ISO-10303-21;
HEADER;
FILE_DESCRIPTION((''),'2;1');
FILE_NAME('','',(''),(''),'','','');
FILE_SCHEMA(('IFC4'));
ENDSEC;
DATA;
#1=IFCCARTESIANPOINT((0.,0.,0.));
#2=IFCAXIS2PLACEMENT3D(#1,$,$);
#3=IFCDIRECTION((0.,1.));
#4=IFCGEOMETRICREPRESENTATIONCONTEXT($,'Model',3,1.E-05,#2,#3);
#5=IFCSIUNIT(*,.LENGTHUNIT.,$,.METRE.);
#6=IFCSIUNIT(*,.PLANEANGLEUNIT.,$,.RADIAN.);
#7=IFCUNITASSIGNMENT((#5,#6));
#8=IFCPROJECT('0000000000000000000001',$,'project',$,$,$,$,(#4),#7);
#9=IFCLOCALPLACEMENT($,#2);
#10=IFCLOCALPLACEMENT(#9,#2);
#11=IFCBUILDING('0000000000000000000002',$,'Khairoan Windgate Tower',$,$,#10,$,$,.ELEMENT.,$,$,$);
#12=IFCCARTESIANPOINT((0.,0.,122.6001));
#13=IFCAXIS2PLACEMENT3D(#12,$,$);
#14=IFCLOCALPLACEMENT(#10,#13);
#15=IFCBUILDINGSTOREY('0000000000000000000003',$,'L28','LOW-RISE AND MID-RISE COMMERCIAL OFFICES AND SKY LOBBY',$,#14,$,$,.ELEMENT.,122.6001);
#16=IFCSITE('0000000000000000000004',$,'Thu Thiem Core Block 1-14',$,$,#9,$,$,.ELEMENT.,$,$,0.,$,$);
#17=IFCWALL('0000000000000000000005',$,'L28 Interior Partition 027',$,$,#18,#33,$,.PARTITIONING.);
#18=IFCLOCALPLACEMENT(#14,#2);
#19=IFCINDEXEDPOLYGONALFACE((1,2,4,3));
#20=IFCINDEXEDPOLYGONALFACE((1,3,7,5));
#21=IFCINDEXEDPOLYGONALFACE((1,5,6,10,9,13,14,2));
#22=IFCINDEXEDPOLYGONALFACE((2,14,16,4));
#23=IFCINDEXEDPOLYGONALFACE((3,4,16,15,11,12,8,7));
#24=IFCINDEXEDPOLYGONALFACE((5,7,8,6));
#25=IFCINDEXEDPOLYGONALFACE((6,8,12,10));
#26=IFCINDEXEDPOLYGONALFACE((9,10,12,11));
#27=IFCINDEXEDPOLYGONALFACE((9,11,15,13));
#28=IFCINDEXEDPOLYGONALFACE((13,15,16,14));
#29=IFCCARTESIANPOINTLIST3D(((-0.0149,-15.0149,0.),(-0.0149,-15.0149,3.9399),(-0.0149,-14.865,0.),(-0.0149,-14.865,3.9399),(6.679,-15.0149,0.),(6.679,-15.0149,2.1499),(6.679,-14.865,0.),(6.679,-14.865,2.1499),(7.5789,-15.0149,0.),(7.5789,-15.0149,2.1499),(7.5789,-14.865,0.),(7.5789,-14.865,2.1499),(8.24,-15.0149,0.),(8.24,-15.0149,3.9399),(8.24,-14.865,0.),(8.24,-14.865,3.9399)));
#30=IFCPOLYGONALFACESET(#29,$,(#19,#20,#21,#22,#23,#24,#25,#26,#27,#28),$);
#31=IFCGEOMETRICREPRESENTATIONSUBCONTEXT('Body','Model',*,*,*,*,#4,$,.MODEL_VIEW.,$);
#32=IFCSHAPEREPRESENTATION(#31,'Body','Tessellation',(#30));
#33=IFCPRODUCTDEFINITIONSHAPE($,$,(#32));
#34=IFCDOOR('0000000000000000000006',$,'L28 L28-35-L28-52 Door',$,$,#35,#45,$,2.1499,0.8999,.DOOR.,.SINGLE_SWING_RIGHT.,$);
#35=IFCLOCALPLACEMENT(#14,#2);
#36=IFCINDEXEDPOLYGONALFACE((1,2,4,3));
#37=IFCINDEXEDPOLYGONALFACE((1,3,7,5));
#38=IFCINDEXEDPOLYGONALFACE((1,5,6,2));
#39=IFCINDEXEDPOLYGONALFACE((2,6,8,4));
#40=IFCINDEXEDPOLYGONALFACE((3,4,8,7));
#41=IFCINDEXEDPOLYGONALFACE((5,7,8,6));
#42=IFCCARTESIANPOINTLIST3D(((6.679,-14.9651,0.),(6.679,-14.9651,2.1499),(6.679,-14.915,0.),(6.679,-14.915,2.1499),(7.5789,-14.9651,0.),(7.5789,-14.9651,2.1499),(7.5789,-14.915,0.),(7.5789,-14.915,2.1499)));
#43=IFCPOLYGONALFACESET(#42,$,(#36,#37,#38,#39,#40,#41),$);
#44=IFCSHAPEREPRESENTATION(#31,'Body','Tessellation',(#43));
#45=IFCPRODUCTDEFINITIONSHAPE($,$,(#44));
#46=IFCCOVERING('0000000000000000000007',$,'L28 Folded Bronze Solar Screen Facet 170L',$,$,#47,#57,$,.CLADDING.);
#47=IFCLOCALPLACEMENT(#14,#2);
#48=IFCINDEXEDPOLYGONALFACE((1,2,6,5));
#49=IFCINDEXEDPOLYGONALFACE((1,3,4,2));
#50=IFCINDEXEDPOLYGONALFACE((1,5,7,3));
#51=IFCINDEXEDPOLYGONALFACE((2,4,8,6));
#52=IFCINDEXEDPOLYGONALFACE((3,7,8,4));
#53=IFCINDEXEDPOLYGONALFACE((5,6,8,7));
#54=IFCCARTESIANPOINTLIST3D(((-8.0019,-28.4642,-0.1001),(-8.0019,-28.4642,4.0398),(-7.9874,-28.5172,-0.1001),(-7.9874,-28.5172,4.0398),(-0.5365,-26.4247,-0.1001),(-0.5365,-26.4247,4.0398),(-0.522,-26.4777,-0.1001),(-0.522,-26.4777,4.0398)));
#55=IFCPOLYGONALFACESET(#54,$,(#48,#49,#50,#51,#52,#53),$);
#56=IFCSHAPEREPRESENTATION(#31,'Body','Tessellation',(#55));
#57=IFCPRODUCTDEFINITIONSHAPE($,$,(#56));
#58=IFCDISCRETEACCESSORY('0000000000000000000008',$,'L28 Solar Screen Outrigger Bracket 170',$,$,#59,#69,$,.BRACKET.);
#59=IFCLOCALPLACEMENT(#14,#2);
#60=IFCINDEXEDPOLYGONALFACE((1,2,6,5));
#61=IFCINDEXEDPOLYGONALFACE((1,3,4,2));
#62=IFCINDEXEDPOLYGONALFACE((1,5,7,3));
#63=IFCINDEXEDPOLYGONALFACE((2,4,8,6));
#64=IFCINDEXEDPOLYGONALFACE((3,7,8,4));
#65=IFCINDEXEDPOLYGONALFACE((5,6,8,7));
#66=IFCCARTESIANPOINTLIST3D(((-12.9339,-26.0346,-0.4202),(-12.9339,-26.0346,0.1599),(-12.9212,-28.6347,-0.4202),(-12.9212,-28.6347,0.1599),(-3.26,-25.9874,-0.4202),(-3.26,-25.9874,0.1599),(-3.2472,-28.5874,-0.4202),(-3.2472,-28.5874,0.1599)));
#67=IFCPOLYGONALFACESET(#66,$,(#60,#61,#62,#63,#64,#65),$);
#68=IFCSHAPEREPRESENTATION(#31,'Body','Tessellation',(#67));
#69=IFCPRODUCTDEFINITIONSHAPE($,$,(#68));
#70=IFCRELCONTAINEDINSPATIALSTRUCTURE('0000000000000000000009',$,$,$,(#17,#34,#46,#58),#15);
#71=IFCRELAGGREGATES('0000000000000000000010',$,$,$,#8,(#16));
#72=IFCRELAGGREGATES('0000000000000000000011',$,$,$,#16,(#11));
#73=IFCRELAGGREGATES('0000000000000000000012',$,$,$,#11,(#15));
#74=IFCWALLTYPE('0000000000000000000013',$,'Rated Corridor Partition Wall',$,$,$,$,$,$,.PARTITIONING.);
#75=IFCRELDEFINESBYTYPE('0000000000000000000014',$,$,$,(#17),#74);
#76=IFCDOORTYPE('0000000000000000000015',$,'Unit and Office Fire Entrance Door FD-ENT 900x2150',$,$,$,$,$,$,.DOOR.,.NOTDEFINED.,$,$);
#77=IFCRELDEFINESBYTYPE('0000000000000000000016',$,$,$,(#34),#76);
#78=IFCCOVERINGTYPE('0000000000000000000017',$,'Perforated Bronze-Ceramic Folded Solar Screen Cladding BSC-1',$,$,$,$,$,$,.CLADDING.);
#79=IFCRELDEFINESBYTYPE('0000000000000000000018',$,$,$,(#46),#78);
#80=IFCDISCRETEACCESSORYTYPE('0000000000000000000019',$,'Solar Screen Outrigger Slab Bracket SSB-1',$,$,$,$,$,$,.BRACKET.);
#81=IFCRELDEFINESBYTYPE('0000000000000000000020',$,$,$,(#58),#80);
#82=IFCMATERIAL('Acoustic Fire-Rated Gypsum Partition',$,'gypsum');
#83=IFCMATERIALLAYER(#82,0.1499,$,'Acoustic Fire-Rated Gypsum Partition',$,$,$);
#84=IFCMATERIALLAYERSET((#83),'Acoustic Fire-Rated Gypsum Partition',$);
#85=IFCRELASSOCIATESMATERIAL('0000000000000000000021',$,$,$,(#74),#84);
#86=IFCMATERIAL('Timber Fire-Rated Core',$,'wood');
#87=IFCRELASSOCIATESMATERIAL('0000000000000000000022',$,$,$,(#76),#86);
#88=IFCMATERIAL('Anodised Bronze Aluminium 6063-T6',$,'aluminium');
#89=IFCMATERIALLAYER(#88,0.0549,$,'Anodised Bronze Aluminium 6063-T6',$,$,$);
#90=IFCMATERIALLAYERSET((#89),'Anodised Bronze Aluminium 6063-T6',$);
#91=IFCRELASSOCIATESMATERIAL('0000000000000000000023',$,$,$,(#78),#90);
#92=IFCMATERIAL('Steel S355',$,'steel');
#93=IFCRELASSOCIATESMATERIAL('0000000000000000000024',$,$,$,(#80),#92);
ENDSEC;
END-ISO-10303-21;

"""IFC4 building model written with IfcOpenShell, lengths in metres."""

from ifc_helpers import new_model, si_unit, direction, frame, frame_2d, origin, origin_2d, place, context, subcontext, project, spatial, rectangle, extrude, material, layer, layer_set, type_object, element, fill, save


model = new_model("IFC4")

# Units and contexts
model_context = context("Model", 3, precision=1e-05, world=origin(), true_north=direction((0.0, 1.0)))
body_context = subcontext(model_context, "Body", "Model", "MODEL_VIEW")
ifc_project = project(units=[si_unit("LENGTHUNIT", "METRE"), si_unit("PLANEANGLEUNIT", "RADIAN")], contexts=[model_context])

# Site, building, storey
site_placement = place(None, origin())
site = spatial("IfcSite", under=ifc_project, at=site_placement, Name="Thu Thiem Core Block 1-14", CompositionType="ELEMENT", RefElevation=0.0)
building_placement = place(site_placement, origin())
building = spatial("IfcBuilding", under=site, at=building_placement, Name="Khairoan Windgate Tower", CompositionType="ELEMENT")
storey_placement = place(building_placement, frame((0.0, 0.0, 122.6001)))
storey = spatial("IfcBuildingStorey", under=building, at=storey_placement, Name="L28", Description="LOW-RISE AND MID-RISE COMMERCIAL OFFICES AND SKY LOBBY", CompositionType="ELEMENT", Elevation=122.6001)

# Wall, opening, door
ifc_material_1 = material(Name="Acoustic Fire-Rated Gypsum Partition", Category="gypsum")
ifc_layer_1 = layer(ifc_material_1, 0.1499, Name="Acoustic Fire-Rated Gypsum Partition")
ifc_layer_set_1 = layer_set([ifc_layer_1], Name="Acoustic Fire-Rated Gypsum Partition")
wall_type = type_object("IfcWallType", Name="Rated Corridor Partition Wall", PredefinedType="PARTITIONING", material=ifc_layer_set_1)
ifc_material_2 = material(Name="Timber Fire-Rated Core", Category="wood")
door_type = type_object("IfcDoorType", Name="Unit and Office Fire Entrance Door FD-ENT 900x2150", OperationType="NOTDEFINED", PredefinedType="DOOR", material=ifc_material_2)
wall_1_placement = place(storey_placement, frame((-0.0149, -14.9399, 0.0), z_axis=(0.0, 0.0, 1.0), x_axis=(1.0, 0.0, 0.0)))
wall_1 = element("IfcWall", 1, at=wall_1_placement, inside=storey, type_object=wall_type, Name="L28 Interior Partition 027", PredefinedType="PARTITIONING", context=body_context, shape_type="SweptSolid", body=[
    extrude(rectangle(XDim=8.2549, YDim=0.1499, at=frame_2d((4.1274, 0.0))), origin(), (0.0, 0.0, 1.0), 3.9399),
])
opening_1_placement = place(wall_1_placement, frame((6.6938, 0.0, 0.0)))
opening_1 = element("IfcOpeningElement", 2, at=opening_1_placement, cuts=wall_1, PredefinedType="OPENING", context=body_context, shape_type="SweptSolid", body=[
    extrude(rectangle(XDim=0.8999, YDim=2.1499, at=frame_2d((0.45, 1.075))), frame((0.0, 0.085, 0.0), z_axis=(0.0, -1.0, 0.0), x_axis=(1.0, 0.0, 0.0)), (0.0, 0.0, 1.0), 0.1699),
])
door_1_placement = place(opening_1_placement, origin())
door_1 = element("IfcDoor", 3, at=door_1_placement, inside=storey, type_object=door_type, Name="L28 L28-35-L28-52 Door", OperationType="SINGLE_SWING_RIGHT", OverallHeight=2.1499, OverallWidth=0.8999, PredefinedType="DOOR", context=body_context, shape_type="SweptSolid", body=[
    extrude(rectangle(XDim=0.8999, YDim=2.1499, at=frame_2d((0.45, 1.075))), frame((0.0, 0.0249, 0.0), z_axis=(0.0, -1.0, 0.0), x_axis=(1.0, 0.0, 0.0)), (0.0, 0.0, 1.0), 0.05),
])
fill(opening_1, door_1)

# Covering
ifc_material_3 = material(Name="Anodised Bronze Aluminium 6063-T6", Category="aluminium")
ifc_layer_2 = layer(ifc_material_3, 0.0549, Name="Anodised Bronze Aluminium 6063-T6")
ifc_layer_set_2 = layer_set([ifc_layer_2], Name="Anodised Bronze Aluminium 6063-T6")
covering_type = type_object("IfcCoveringType", Name="Perforated Bronze-Ceramic Folded Solar Screen Cladding BSC-1", PredefinedType="CLADDING", material=ifc_layer_set_2)
covering_placement = place(storey_placement, frame((-4.262, -27.4709, -0.1001), z_axis=(0.0, 0.0, 1.0), x_axis=(-0.964649, -0.263536, 0.0)))
element("IfcCovering", 4, at=covering_placement, inside=storey, type_object=covering_type, Name="L28 Folded Bronze Solar Screen Facet 170L", PredefinedType="CLADDING", context=body_context, shape_type="SweptSolid", body=[
    extrude(rectangle(XDim=7.739, YDim=0.0549, at=origin_2d()), origin(), (0.0, 0.0, 1.0), 4.1399),
])

# Discrete accessory
ifc_material_4 = material(Name="Steel S355", Category="steel")
discrete_accessory_type = type_object("IfcDiscreteAccessoryType", Name="Solar Screen Outrigger Slab Bracket SSB-1", PredefinedType="BRACKET", material=ifc_material_4)
discrete_accessory_placement = place(storey_placement, frame((-8.0906, -27.311, -0.4202), z_axis=(0.0, 0.0, 1.0), x_axis=(-0.999988, -0.004887, 0.0)))
element("IfcDiscreteAccessory", 5, at=discrete_accessory_placement, inside=storey, type_object=discrete_accessory_type, Name="L28 Solar Screen Outrigger Bracket 170", PredefinedType="BRACKET", context=body_context, shape_type="SweptSolid", body=[
    extrude(rectangle(XDim=9.6741, YDim=2.6001, at=origin_2d()), origin(), (0.0, 0.0, 1.0), 0.5801),
])

save(model, "model.ifc")
